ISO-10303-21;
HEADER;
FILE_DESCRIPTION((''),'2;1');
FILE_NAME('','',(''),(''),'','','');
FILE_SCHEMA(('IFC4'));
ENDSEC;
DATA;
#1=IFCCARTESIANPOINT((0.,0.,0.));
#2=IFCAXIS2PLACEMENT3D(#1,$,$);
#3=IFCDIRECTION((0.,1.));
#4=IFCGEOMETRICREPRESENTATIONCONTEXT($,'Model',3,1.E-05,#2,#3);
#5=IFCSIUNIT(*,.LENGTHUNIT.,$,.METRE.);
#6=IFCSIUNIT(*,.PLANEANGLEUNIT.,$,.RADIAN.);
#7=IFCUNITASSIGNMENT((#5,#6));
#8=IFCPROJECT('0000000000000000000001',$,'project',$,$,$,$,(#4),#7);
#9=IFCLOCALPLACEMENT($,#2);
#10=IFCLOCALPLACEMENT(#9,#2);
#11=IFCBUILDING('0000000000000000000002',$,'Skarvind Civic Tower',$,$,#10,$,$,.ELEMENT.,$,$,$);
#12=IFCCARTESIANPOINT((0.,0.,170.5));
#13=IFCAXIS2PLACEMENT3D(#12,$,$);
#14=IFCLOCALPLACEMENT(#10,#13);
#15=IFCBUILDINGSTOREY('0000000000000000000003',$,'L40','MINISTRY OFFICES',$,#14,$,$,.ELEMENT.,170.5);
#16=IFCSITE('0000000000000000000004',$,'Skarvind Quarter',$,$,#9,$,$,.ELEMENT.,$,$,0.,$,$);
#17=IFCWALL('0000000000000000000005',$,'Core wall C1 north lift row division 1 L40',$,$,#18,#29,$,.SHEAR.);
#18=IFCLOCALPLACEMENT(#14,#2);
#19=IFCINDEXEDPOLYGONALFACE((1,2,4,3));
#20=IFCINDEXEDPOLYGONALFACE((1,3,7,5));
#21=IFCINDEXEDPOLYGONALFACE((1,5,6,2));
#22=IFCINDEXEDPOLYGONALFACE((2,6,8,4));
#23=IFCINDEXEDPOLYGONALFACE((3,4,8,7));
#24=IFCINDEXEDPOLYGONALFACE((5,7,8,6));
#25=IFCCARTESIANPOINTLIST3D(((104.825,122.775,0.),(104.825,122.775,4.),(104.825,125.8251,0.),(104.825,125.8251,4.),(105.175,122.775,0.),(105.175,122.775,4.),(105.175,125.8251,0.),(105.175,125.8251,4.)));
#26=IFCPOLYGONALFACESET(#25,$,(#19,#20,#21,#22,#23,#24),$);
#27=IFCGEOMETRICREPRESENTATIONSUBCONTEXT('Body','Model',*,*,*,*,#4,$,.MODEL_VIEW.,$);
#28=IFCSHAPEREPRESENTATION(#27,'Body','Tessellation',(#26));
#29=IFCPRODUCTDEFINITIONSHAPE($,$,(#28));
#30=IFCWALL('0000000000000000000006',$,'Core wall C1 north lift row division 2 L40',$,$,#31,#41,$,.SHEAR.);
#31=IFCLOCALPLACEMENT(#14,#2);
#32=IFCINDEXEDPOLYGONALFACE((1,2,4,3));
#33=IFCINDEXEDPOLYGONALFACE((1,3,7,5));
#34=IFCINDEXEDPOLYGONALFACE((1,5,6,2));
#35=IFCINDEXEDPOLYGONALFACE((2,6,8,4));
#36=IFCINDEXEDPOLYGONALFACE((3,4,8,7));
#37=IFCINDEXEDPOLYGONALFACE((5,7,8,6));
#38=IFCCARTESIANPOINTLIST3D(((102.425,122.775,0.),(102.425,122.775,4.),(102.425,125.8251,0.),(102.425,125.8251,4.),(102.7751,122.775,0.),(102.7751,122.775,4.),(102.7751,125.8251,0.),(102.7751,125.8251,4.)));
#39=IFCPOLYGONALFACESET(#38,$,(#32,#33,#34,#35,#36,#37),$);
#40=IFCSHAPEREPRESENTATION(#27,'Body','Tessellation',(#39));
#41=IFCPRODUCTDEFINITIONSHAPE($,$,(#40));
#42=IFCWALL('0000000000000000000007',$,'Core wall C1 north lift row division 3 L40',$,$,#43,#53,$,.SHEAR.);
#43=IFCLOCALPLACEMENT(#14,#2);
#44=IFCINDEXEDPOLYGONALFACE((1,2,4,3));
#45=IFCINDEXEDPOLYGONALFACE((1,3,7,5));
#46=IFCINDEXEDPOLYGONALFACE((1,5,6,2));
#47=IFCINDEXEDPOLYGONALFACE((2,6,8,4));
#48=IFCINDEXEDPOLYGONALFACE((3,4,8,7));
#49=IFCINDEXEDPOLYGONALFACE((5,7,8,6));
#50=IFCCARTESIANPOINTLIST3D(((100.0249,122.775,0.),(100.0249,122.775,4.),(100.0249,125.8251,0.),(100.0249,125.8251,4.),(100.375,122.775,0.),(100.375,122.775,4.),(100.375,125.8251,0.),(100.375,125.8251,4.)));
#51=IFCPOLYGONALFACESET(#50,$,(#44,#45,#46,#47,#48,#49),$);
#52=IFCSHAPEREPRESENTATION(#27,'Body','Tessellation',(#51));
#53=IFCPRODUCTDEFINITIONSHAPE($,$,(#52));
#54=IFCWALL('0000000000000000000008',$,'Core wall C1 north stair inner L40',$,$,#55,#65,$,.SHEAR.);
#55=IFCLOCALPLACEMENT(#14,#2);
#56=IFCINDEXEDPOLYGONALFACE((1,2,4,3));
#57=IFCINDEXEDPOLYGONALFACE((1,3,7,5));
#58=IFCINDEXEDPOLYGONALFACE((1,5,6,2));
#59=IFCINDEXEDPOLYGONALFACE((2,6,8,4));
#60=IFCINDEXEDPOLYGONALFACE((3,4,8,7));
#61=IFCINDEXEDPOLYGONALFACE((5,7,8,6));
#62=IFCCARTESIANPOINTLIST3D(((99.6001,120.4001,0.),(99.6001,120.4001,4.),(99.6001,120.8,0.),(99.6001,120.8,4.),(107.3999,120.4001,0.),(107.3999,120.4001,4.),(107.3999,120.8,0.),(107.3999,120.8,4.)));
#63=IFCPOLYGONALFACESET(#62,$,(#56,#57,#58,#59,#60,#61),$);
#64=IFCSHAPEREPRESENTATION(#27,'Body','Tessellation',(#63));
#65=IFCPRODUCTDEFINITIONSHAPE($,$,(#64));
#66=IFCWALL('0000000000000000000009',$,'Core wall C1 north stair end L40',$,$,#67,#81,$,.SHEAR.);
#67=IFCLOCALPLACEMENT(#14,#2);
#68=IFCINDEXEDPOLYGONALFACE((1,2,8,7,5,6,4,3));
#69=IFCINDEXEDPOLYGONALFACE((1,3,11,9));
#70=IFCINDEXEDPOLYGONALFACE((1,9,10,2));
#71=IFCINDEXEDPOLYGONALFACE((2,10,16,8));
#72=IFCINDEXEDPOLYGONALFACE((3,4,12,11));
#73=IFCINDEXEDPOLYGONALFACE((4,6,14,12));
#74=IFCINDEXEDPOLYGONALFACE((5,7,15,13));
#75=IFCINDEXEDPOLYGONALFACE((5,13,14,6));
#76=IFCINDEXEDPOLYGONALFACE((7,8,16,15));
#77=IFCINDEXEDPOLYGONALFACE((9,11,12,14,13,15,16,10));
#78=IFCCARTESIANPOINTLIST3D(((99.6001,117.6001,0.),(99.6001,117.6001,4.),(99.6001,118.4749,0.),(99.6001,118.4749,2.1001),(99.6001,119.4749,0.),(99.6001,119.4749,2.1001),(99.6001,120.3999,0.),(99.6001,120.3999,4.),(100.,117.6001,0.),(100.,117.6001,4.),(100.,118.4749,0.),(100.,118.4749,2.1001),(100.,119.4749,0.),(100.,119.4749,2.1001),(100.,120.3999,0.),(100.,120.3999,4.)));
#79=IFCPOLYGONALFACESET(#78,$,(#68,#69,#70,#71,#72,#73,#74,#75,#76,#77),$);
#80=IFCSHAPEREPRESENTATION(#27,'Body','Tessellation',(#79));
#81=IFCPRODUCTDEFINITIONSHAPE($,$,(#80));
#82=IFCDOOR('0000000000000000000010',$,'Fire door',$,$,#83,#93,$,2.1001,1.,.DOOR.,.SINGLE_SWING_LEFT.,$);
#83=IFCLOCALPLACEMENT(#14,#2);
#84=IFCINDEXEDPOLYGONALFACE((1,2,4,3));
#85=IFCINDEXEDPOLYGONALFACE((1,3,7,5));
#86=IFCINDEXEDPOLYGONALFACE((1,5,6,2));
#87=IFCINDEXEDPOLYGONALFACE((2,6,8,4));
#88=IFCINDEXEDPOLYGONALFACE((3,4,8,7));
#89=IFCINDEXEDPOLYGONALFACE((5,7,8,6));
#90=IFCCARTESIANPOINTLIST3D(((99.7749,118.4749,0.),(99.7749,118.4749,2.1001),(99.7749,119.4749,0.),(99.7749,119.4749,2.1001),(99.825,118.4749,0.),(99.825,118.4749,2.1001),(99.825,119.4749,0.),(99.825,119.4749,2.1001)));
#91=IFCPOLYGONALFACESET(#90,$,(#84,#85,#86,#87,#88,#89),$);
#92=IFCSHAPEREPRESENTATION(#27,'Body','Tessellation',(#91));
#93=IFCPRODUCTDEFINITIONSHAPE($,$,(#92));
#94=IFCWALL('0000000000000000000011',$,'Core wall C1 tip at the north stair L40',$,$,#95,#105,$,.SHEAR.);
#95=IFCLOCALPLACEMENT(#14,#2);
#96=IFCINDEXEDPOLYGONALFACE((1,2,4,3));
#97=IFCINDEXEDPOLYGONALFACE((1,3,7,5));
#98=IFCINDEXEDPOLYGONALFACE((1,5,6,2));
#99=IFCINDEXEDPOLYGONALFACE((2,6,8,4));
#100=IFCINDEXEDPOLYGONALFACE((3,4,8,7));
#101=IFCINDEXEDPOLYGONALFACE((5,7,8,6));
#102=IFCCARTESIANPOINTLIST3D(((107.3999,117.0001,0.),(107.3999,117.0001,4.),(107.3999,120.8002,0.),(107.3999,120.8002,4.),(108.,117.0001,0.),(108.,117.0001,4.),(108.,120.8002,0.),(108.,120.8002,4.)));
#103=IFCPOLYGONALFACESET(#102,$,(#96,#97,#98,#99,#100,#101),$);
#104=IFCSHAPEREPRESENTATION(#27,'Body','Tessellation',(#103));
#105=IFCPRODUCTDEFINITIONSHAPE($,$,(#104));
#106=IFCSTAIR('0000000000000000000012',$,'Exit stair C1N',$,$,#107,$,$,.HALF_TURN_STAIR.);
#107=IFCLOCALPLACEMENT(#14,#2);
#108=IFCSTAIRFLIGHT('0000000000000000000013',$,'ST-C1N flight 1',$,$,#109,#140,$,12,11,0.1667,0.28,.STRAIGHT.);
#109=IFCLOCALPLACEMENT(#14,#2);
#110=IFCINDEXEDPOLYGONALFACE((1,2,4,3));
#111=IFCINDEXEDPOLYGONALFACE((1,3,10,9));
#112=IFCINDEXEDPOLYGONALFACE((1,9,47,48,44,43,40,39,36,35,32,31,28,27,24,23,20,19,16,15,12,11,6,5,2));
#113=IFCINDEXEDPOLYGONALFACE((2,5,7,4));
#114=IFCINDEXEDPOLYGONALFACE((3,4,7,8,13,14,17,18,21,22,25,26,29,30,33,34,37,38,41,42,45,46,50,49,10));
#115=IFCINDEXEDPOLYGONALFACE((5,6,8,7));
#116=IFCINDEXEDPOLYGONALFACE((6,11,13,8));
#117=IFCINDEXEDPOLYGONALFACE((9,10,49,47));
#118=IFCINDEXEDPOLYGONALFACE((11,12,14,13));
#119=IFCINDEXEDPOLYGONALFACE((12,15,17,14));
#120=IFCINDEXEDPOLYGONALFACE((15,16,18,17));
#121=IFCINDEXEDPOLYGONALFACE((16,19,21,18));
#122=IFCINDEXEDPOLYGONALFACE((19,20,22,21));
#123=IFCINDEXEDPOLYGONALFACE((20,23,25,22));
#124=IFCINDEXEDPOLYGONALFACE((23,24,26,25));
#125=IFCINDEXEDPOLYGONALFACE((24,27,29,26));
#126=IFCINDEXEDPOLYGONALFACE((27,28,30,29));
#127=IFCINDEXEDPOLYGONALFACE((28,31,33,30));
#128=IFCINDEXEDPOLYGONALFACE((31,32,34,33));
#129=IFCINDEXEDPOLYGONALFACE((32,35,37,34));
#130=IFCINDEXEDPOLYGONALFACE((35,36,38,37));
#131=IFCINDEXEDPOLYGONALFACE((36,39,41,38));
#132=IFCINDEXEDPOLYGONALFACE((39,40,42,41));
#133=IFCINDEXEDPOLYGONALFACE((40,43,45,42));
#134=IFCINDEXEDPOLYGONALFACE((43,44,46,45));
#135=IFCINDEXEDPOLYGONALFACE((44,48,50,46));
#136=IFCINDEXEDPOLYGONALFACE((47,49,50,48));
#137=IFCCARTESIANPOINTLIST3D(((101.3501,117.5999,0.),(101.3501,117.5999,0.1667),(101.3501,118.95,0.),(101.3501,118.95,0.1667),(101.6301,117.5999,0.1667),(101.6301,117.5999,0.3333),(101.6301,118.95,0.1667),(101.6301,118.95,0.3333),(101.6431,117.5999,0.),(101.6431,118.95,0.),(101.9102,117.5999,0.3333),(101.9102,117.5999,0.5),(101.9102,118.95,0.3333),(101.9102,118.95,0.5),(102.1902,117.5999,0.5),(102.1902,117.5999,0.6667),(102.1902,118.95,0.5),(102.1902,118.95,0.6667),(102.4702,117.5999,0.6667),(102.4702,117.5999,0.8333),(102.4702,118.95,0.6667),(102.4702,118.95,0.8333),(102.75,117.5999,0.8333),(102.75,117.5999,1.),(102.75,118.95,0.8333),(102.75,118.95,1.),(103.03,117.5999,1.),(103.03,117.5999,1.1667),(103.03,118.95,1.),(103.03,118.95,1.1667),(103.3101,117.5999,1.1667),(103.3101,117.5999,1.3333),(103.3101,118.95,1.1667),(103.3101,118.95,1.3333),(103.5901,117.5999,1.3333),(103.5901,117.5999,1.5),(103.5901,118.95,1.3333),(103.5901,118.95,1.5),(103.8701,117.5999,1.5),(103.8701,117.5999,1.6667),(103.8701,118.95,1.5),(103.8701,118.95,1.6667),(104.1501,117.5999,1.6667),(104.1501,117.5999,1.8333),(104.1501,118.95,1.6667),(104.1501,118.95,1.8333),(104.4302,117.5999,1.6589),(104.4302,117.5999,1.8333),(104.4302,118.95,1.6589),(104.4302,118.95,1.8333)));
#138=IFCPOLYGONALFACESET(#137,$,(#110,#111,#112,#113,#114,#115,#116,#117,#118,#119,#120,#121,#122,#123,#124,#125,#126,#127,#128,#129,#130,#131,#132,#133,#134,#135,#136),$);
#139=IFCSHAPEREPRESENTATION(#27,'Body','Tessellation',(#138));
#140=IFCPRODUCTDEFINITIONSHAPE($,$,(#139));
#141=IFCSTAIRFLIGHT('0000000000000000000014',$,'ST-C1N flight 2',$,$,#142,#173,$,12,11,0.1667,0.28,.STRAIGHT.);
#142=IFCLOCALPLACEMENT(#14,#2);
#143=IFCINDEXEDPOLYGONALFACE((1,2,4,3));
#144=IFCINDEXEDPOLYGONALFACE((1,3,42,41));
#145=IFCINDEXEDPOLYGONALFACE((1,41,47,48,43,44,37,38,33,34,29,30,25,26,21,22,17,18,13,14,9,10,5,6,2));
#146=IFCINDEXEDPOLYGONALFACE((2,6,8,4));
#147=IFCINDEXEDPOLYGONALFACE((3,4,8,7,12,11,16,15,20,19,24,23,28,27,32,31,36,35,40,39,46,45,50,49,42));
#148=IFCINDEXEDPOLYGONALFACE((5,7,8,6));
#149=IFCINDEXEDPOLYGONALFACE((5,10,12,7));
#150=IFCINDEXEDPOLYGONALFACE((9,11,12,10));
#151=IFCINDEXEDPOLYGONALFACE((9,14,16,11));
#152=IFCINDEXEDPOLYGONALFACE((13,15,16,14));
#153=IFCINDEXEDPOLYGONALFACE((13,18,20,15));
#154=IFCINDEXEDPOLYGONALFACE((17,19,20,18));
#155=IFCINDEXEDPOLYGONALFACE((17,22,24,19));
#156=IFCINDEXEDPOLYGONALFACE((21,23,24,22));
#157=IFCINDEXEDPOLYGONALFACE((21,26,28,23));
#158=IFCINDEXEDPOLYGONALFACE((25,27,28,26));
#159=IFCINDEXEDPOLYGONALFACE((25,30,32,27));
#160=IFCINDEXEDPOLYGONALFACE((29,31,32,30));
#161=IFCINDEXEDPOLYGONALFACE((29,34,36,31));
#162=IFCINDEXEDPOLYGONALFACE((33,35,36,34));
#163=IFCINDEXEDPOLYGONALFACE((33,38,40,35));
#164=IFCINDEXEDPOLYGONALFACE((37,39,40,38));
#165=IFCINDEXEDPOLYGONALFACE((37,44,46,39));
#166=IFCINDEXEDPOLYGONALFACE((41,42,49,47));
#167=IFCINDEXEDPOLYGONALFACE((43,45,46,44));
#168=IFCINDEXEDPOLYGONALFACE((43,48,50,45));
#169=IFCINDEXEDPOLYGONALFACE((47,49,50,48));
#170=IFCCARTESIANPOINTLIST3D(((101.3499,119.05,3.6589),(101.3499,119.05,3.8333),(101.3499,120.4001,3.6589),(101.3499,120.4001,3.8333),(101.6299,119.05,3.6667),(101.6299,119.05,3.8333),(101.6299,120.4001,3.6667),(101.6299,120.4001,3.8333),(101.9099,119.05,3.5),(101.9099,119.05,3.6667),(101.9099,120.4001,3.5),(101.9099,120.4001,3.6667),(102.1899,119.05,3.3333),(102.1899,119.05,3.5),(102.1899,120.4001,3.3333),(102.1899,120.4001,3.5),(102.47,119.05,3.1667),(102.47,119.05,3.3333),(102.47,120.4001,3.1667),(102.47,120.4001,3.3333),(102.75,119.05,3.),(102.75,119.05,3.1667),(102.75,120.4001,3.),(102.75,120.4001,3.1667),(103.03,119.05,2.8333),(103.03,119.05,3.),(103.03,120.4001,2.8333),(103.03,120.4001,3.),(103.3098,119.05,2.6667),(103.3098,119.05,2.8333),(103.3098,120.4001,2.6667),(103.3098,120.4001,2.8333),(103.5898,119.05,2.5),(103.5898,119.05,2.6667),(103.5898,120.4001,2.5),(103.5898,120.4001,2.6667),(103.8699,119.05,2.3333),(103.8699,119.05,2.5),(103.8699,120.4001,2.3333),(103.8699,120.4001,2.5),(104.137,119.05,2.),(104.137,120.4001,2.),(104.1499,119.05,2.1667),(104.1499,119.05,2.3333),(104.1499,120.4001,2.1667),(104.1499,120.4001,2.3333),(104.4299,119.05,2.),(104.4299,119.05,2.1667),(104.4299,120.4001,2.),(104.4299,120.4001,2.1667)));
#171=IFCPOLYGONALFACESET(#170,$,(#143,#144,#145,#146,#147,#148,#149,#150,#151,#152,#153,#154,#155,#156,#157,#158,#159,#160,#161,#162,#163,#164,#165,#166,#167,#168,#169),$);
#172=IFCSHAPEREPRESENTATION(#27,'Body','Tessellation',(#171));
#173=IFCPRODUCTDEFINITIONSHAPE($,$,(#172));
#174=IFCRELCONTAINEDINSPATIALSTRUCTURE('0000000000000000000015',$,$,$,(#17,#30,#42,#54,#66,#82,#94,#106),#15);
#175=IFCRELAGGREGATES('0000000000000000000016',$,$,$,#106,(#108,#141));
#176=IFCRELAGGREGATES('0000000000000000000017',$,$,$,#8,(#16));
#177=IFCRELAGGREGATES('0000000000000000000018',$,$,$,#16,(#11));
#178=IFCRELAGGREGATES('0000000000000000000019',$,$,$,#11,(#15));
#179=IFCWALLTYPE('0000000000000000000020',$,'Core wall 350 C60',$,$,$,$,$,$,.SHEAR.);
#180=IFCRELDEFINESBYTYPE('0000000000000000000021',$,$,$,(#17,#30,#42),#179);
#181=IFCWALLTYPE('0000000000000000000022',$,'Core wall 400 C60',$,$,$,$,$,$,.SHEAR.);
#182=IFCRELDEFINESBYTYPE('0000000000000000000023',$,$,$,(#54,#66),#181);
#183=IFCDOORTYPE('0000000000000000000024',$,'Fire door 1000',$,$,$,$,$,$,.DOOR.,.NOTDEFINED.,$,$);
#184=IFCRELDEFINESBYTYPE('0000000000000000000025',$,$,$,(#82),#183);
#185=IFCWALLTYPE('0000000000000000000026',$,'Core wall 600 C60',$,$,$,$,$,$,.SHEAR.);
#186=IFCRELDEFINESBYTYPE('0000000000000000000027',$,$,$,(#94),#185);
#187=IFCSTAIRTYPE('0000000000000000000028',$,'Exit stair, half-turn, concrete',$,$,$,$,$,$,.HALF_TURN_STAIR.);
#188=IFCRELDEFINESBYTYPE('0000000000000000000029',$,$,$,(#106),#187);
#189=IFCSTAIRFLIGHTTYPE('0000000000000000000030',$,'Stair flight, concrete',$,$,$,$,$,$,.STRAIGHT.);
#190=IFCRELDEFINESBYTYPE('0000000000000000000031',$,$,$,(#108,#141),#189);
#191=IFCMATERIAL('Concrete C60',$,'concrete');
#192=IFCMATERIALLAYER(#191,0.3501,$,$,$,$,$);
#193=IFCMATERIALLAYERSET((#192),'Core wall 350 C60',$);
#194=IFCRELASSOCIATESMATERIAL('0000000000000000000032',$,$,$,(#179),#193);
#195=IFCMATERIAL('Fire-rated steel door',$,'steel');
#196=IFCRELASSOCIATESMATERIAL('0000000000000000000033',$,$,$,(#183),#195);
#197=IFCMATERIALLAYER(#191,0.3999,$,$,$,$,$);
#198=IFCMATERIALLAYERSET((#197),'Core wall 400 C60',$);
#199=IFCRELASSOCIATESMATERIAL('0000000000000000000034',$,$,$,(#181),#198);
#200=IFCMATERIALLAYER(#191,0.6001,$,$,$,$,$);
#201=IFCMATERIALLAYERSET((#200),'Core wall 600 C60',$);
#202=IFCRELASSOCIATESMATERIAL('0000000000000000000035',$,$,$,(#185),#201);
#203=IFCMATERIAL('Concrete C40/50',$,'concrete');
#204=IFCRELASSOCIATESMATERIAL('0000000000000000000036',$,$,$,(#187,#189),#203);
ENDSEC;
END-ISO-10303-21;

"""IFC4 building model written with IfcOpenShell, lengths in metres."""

from ifc_helpers import new_model, si_unit, direction, frame, frame_2d, origin, place, context, subcontext, project, spatial, polyline, rectangle, outline, extrude, material, layer, layer_set, type_object, element, fill, aggregate, save


model = new_model("IFC4")

# Units and contexts
model_context = context("Model", 3, precision=1e-05, world=origin(), true_north=direction((0.0, 1.0)))
body_context = subcontext(model_context, "Body", "Model", "MODEL_VIEW")
ifc_project = project(units=[si_unit("LENGTHUNIT", "METRE"), si_unit("PLANEANGLEUNIT", "RADIAN")], contexts=[model_context])

# Site, building, storey
site_placement = place(None, origin())
site = spatial("IfcSite", under=ifc_project, at=site_placement, Name="Skarvind Quarter", CompositionType="ELEMENT", RefElevation=0.0)
building_placement = place(site_placement, origin())
building = spatial("IfcBuilding", under=site, at=building_placement, Name="Skarvind Civic Tower", CompositionType="ELEMENT")
storey_placement = place(building_placement, frame((0.0, 0.0, 170.5)))
storey = spatial("IfcBuildingStorey", under=building, at=storey_placement, Name="L40", Description="MINISTRY OFFICES", CompositionType="ELEMENT", Elevation=170.5)

# Shared definitions
ifc_material_1 = material(Name="Concrete C60", Category="concrete")
ifc_layer_1 = layer(ifc_material_1, 0.3501)
ifc_layer_set_1 = layer_set([ifc_layer_1], Name="Core wall 350 C60")
wall_type_1 = type_object("IfcWallType", Name="Core wall 350 C60", PredefinedType="SHEAR", material=ifc_layer_set_1)
ifc_material_2 = material(Name="Fire-rated steel door", Category="steel")
door_type_1 = type_object("IfcDoorType", Name="Fire door 1000", OperationType="NOTDEFINED", PredefinedType="DOOR", material=ifc_material_2)

# Walls
for number, where, z_axis, x_axis, name in (
    (1, (105.0, 125.825, 0.0), (0.0, 0.0, 1.0), (0.0, -1.0, 0.0), "Core wall C1 north lift row division 1 L40"),
    (2, (102.6001, 125.825, 0.0), (0.0, 0.0, 1.0), (0.0, -1.0, 0.0), "Core wall C1 north lift row division 2 L40"),
    (3, (100.2, 125.825, 0.0), (0.0, 0.0, 1.0), (0.0, -1.0, 0.0), "Core wall C1 north lift row division 3 L40"),
):
    element("IfcWall", number, at=place(storey_placement, frame(where, z_axis=z_axis, x_axis=x_axis)), inside=storey, type_object=wall_type_1, Name=name, PredefinedType="SHEAR", context=body_context, shape_type="SweptSolid", body=[
        extrude(rectangle(XDim=3.05, YDim=0.3501, at=frame_2d((1.5249, 0.0))), origin(), (0.0, 0.0, 1.0), 4.0),
    ])
ifc_layer_2 = layer(ifc_material_1, 0.3999)
ifc_layer_set_2 = layer_set([ifc_layer_2], Name="Core wall 400 C60")
wall_type_2 = type_object("IfcWallType", Name="Core wall 400 C60", PredefinedType="SHEAR", material=ifc_layer_set_2)
wall_1_placement = place(storey_placement, frame((107.3999, 120.6001, 0.0), z_axis=(0.0, 0.0, 1.0), x_axis=(-1.0, 0.0, 0.0)))
element("IfcWall", 4, at=wall_1_placement, inside=storey, type_object=wall_type_2, Name="Core wall C1 north stair inner L40", PredefinedType="SHEAR", context=body_context, shape_type="SweptSolid", body=[
    extrude(rectangle(XDim=7.7998, YDim=0.3999, at=frame_2d((3.8999, 0.0))), origin(), (0.0, 0.0, 1.0), 4.0),
])

# Wall, opening, door
wall_2_placement = place(storey_placement, frame((99.8, 120.3999, 0.0), z_axis=(0.0, 0.0, 1.0), x_axis=(0.0, -1.0, 0.0)))
wall_2 = element("IfcWall", 5, at=wall_2_placement, inside=storey, type_object=wall_type_2, Name="Core wall C1 north stair end L40", PredefinedType="SHEAR", context=body_context, shape_type="SweptSolid", body=[
    extrude(rectangle(XDim=2.7998, YDim=0.3999, at=frame_2d((1.3999, 0.0))), origin(), (0.0, 0.0, 1.0), 4.0),
])
opening_1_placement = place(wall_2_placement, frame((0.925, 0.0, 0.0)))
opening_1 = element("IfcOpeningElement", 6, at=opening_1_placement, cuts=wall_2, PredefinedType="OPENING", context=body_context, shape_type="SweptSolid", body=[
    extrude(rectangle(XDim=1.0, YDim=2.1001, at=frame_2d((0.5, 1.05))), frame((0.0, 0.21, 0.0), z_axis=(0.0, -1.0, 0.0), x_axis=(1.0, 0.0, 0.0)), (0.0, 0.0, 1.0), 0.4199),
])
door_1_placement = place(opening_1_placement, origin())
door_1 = element("IfcDoor", 7, at=door_1_placement, inside=storey, type_object=door_type_1, Name="Fire door", OperationType="SINGLE_SWING_LEFT", OverallHeight=2.1001, OverallWidth=1.0, PredefinedType="DOOR", context=body_context, shape_type="SweptSolid", body=[
    extrude(rectangle(XDim=1.0, YDim=2.1001, at=frame_2d((0.5, 1.05))), frame((0.0, 0.0249, 0.0), z_axis=(0.0, -1.0, 0.0), x_axis=(1.0, 0.0, 0.0)), (0.0, 0.0, 1.0), 0.05),
])
fill(opening_1, door_1)

# Wall
ifc_layer_3 = layer(ifc_material_1, 0.6001)
ifc_layer_set_3 = layer_set([ifc_layer_3], Name="Core wall 600 C60")
wall_type_3 = type_object("IfcWallType", Name="Core wall 600 C60", PredefinedType="SHEAR", material=ifc_layer_set_3)
wall_3_placement = place(storey_placement, frame((107.7, 120.8, 0.0), z_axis=(0.0, 0.0, 1.0), x_axis=(0.0, -1.0, 0.0)))
element("IfcWall", 8, at=wall_3_placement, inside=storey, type_object=wall_type_3, Name="Core wall C1 tip at the north stair L40", PredefinedType="SHEAR", context=body_context, shape_type="SweptSolid", body=[
    extrude(rectangle(XDim=3.8, YDim=0.6001, at=frame_2d((1.8999, 0.0))), origin(), (0.0, 0.0, 1.0), 4.0),
])

# Stair, stair flights
ifc_material_3 = material(Name="Concrete C40/50", Category="concrete")
stair_type = type_object("IfcStairType", Name="Exit stair, half-turn, concrete", PredefinedType="HALF_TURN_STAIR", material=ifc_material_3)
stair_placement = place(storey_placement, origin())
stair = element("IfcStair", 9, at=stair_placement, inside=storey, type_object=stair_type, Name="Exit stair C1N", PredefinedType="HALF_TURN_STAIR")
stair_flight_type = type_object("IfcStairFlightType", Name="Stair flight, concrete", PredefinedType="STRAIGHT", material=ifc_material_3)
stair_flight_1_placement = place(storey_placement, frame((101.3501, 118.2749, 0.0), z_axis=(0.0, 0.0, 1.0), x_axis=(1.0, 0.0, 0.0)))
stair_flight_1 = element("IfcStairFlight", 10, at=stair_flight_1_placement, type_object=stair_flight_type, Name="ST-C1N flight 1", NumberOfRisers=12, NumberOfTreads=11, PredefinedType="STRAIGHT", RiserHeight=0.1667, TreadLength=0.28, context=body_context, shape_type="SweptSolid", body=[
    extrude(outline(polyline([(0.0, 0.0), (0.0, 0.1667), (0.28, 0.1667), (0.28, 0.3333), (0.5601, 0.3333), (0.5601, 0.5), (0.8401, 0.5), (0.8401, 0.6667), (1.1201, 0.6667), (1.1201, 0.8333), (1.3999, 0.8333), (1.3999, 1.0), (1.6799, 1.0), (1.6799, 1.1667), (1.96, 1.1667), (1.96, 1.3333), (2.24, 1.3333), (2.24, 1.5), (2.52, 1.5), (2.52, 1.6667), (2.8, 1.6667), (2.8, 1.8333), (3.0801, 1.8333), (3.0801, 2.0), (3.0801, 1.6589), (0.293, 0.0), (0.0, 0.0)])), frame((0.0, 0.675, 0.0), z_axis=(0.0, -1.0, 0.0), x_axis=(1.0, 0.0, 0.0)), (0.0, 0.0, 1.0), 1.3501),
])
stair_flight_2_placement = place(storey_placement, frame((104.4299, 119.7251, 2.0), z_axis=(0.0, 0.0, 1.0), x_axis=(-1.0, 0.0, 0.0)))
stair_flight_2 = element("IfcStairFlight", 11, at=stair_flight_2_placement, type_object=stair_flight_type, Name="ST-C1N flight 2", NumberOfRisers=12, NumberOfTreads=11, PredefinedType="STRAIGHT", RiserHeight=0.1667, TreadLength=0.28, context=body_context, shape_type="SweptSolid", body=[
    extrude(outline(polyline([(0.0, 0.0), (0.0, 0.1667), (0.28, 0.1667), (0.28, 0.3333), (0.5601, 0.3333), (0.5601, 0.5), (0.8401, 0.5), (0.8401, 0.6667), (1.1201, 0.6667), (1.1201, 0.8333), (1.3999, 0.8333), (1.3999, 1.0), (1.6799, 1.0), (1.6799, 1.1667), (1.96, 1.1667), (1.96, 1.3333), (2.24, 1.3333), (2.24, 1.5), (2.52, 1.5), (2.52, 1.6667), (2.8, 1.6667), (2.8, 1.8333), (3.0801, 1.8333), (3.0801, 2.0), (3.0801, 1.6589), (0.293, 0.0), (0.0, 0.0)])), frame((0.0, 0.675, 0.0), z_axis=(0.0, -1.0, 0.0), x_axis=(1.0, 0.0, 0.0)), (0.0, 0.0, 1.0), 1.3501),
])
aggregate(stair, [stair_flight_1, stair_flight_2])

save(model, "model.ifc")
